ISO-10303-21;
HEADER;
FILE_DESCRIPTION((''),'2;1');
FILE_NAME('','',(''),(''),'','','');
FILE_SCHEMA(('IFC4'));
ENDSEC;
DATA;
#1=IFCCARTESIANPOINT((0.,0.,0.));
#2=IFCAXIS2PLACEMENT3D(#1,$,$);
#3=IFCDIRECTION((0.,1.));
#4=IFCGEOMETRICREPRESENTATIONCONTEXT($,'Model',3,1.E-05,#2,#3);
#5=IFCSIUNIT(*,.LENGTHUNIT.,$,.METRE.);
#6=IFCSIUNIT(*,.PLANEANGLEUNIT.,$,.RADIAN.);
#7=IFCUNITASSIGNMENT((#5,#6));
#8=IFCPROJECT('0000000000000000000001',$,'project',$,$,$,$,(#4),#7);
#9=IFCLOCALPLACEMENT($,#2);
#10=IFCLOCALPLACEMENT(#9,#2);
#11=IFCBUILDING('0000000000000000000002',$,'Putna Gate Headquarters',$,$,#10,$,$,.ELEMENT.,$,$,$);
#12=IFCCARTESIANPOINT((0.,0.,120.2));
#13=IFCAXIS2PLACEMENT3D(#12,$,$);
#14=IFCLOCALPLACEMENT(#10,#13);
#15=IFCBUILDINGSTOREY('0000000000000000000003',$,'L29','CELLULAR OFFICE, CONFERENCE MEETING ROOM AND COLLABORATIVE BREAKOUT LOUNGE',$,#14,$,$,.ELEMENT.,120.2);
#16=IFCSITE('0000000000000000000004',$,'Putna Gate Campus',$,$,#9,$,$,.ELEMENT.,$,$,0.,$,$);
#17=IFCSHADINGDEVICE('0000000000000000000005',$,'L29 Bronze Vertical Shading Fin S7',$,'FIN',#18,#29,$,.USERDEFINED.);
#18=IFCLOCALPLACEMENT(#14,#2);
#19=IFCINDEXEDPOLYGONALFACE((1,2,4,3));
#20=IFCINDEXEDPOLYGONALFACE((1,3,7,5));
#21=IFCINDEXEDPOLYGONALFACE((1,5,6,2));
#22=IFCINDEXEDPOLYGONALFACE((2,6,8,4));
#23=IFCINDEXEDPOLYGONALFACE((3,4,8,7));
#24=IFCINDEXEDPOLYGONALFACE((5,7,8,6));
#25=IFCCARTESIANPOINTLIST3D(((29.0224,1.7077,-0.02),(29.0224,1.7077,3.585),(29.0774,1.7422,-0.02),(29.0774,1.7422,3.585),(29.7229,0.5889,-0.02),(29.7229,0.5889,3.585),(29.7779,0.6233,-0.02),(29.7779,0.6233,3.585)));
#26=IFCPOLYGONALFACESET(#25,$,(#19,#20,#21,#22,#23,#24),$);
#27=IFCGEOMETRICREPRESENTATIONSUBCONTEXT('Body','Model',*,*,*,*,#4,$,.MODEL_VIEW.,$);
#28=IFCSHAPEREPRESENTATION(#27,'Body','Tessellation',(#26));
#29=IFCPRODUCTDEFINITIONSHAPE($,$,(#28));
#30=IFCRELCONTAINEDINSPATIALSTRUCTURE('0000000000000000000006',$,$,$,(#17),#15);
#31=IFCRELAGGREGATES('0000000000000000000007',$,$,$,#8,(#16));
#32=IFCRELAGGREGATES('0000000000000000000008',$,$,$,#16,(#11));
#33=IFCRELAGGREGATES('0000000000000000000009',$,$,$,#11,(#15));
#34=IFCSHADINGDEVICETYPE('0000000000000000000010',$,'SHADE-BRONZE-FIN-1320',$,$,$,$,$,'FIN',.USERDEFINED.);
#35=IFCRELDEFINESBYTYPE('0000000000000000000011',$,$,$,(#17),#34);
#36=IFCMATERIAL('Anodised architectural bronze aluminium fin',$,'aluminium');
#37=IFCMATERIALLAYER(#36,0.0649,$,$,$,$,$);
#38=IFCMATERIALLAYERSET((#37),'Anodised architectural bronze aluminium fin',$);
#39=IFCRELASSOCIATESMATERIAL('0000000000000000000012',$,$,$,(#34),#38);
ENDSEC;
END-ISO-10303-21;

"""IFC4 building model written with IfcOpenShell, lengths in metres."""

from ifc_helpers import new_model, si_unit, direction, frame, origin, origin_2d, place, context, subcontext, project, spatial, rectangle, extrude, material, layer, layer_set, type_object, element, save


model = new_model("IFC4")

# Units and contexts
model_context = context("Model", 3, precision=1e-05, world=origin(), true_north=direction((0.0, 1.0)))
body_context = subcontext(model_context, "Body", "Model", "MODEL_VIEW")
ifc_project = project(units=[si_unit("LENGTHUNIT", "METRE"), si_unit("PLANEANGLEUNIT", "RADIAN")], contexts=[model_context])

# Site, building, storey
site_placement = place(None, origin())
site = spatial("IfcSite", under=ifc_project, at=site_placement, Name="Putna Gate Campus", CompositionType="ELEMENT", RefElevation=0.0)
building_placement = place(site_placement, origin())
building = spatial("IfcBuilding", under=site, at=building_placement, Name="Putna Gate Headquarters", CompositionType="ELEMENT")
storey_placement = place(building_placement, frame((0.0, 0.0, 120.2)))
storey = spatial("IfcBuildingStorey", under=building, at=storey_placement, Name="L29", Description="CELLULAR OFFICE, CONFERENCE MEETING ROOM AND COLLABORATIVE BREAKOUT LOUNGE", CompositionType="ELEMENT", Elevation=120.2)

# Shading device
ifc_material_1 = material(Name="Anodised architectural bronze aluminium fin", Category="aluminium")
ifc_layer_1 = layer(ifc_material_1, 0.0649)
ifc_layer_set_1 = layer_set([ifc_layer_1], Name="Anodised architectural bronze aluminium fin")
shading_device_type = type_object("IfcShadingDeviceType", Name="SHADE-BRONZE-FIN-1320", ElementType="FIN", PredefinedType="USERDEFINED", material=ifc_layer_set_1)
for number, where, z_axis, x_axis, name in (
    (1, (29.4001, 1.1655, -0.02), (0.0, 0.0, 1.0), (0.530659, -0.847585, 0.0), "L29 Bronze Vertical Shading Fin S7"),
):
    element("IfcShadingDevice", number, at=place(storey_placement, frame(where, z_axis=z_axis, x_axis=x_axis)), inside=storey, type_object=shading_device_type, Name=name, ObjectType="FIN", PredefinedType="USERDEFINED", context=body_context, shape_type="SweptSolid", body=[
        extrude(rectangle(XDim=1.3201, YDim=0.0649, at=origin_2d()), origin(), (0.0, 0.0, 1.0), 3.605),
    ])

save(model, "model.ifc")
